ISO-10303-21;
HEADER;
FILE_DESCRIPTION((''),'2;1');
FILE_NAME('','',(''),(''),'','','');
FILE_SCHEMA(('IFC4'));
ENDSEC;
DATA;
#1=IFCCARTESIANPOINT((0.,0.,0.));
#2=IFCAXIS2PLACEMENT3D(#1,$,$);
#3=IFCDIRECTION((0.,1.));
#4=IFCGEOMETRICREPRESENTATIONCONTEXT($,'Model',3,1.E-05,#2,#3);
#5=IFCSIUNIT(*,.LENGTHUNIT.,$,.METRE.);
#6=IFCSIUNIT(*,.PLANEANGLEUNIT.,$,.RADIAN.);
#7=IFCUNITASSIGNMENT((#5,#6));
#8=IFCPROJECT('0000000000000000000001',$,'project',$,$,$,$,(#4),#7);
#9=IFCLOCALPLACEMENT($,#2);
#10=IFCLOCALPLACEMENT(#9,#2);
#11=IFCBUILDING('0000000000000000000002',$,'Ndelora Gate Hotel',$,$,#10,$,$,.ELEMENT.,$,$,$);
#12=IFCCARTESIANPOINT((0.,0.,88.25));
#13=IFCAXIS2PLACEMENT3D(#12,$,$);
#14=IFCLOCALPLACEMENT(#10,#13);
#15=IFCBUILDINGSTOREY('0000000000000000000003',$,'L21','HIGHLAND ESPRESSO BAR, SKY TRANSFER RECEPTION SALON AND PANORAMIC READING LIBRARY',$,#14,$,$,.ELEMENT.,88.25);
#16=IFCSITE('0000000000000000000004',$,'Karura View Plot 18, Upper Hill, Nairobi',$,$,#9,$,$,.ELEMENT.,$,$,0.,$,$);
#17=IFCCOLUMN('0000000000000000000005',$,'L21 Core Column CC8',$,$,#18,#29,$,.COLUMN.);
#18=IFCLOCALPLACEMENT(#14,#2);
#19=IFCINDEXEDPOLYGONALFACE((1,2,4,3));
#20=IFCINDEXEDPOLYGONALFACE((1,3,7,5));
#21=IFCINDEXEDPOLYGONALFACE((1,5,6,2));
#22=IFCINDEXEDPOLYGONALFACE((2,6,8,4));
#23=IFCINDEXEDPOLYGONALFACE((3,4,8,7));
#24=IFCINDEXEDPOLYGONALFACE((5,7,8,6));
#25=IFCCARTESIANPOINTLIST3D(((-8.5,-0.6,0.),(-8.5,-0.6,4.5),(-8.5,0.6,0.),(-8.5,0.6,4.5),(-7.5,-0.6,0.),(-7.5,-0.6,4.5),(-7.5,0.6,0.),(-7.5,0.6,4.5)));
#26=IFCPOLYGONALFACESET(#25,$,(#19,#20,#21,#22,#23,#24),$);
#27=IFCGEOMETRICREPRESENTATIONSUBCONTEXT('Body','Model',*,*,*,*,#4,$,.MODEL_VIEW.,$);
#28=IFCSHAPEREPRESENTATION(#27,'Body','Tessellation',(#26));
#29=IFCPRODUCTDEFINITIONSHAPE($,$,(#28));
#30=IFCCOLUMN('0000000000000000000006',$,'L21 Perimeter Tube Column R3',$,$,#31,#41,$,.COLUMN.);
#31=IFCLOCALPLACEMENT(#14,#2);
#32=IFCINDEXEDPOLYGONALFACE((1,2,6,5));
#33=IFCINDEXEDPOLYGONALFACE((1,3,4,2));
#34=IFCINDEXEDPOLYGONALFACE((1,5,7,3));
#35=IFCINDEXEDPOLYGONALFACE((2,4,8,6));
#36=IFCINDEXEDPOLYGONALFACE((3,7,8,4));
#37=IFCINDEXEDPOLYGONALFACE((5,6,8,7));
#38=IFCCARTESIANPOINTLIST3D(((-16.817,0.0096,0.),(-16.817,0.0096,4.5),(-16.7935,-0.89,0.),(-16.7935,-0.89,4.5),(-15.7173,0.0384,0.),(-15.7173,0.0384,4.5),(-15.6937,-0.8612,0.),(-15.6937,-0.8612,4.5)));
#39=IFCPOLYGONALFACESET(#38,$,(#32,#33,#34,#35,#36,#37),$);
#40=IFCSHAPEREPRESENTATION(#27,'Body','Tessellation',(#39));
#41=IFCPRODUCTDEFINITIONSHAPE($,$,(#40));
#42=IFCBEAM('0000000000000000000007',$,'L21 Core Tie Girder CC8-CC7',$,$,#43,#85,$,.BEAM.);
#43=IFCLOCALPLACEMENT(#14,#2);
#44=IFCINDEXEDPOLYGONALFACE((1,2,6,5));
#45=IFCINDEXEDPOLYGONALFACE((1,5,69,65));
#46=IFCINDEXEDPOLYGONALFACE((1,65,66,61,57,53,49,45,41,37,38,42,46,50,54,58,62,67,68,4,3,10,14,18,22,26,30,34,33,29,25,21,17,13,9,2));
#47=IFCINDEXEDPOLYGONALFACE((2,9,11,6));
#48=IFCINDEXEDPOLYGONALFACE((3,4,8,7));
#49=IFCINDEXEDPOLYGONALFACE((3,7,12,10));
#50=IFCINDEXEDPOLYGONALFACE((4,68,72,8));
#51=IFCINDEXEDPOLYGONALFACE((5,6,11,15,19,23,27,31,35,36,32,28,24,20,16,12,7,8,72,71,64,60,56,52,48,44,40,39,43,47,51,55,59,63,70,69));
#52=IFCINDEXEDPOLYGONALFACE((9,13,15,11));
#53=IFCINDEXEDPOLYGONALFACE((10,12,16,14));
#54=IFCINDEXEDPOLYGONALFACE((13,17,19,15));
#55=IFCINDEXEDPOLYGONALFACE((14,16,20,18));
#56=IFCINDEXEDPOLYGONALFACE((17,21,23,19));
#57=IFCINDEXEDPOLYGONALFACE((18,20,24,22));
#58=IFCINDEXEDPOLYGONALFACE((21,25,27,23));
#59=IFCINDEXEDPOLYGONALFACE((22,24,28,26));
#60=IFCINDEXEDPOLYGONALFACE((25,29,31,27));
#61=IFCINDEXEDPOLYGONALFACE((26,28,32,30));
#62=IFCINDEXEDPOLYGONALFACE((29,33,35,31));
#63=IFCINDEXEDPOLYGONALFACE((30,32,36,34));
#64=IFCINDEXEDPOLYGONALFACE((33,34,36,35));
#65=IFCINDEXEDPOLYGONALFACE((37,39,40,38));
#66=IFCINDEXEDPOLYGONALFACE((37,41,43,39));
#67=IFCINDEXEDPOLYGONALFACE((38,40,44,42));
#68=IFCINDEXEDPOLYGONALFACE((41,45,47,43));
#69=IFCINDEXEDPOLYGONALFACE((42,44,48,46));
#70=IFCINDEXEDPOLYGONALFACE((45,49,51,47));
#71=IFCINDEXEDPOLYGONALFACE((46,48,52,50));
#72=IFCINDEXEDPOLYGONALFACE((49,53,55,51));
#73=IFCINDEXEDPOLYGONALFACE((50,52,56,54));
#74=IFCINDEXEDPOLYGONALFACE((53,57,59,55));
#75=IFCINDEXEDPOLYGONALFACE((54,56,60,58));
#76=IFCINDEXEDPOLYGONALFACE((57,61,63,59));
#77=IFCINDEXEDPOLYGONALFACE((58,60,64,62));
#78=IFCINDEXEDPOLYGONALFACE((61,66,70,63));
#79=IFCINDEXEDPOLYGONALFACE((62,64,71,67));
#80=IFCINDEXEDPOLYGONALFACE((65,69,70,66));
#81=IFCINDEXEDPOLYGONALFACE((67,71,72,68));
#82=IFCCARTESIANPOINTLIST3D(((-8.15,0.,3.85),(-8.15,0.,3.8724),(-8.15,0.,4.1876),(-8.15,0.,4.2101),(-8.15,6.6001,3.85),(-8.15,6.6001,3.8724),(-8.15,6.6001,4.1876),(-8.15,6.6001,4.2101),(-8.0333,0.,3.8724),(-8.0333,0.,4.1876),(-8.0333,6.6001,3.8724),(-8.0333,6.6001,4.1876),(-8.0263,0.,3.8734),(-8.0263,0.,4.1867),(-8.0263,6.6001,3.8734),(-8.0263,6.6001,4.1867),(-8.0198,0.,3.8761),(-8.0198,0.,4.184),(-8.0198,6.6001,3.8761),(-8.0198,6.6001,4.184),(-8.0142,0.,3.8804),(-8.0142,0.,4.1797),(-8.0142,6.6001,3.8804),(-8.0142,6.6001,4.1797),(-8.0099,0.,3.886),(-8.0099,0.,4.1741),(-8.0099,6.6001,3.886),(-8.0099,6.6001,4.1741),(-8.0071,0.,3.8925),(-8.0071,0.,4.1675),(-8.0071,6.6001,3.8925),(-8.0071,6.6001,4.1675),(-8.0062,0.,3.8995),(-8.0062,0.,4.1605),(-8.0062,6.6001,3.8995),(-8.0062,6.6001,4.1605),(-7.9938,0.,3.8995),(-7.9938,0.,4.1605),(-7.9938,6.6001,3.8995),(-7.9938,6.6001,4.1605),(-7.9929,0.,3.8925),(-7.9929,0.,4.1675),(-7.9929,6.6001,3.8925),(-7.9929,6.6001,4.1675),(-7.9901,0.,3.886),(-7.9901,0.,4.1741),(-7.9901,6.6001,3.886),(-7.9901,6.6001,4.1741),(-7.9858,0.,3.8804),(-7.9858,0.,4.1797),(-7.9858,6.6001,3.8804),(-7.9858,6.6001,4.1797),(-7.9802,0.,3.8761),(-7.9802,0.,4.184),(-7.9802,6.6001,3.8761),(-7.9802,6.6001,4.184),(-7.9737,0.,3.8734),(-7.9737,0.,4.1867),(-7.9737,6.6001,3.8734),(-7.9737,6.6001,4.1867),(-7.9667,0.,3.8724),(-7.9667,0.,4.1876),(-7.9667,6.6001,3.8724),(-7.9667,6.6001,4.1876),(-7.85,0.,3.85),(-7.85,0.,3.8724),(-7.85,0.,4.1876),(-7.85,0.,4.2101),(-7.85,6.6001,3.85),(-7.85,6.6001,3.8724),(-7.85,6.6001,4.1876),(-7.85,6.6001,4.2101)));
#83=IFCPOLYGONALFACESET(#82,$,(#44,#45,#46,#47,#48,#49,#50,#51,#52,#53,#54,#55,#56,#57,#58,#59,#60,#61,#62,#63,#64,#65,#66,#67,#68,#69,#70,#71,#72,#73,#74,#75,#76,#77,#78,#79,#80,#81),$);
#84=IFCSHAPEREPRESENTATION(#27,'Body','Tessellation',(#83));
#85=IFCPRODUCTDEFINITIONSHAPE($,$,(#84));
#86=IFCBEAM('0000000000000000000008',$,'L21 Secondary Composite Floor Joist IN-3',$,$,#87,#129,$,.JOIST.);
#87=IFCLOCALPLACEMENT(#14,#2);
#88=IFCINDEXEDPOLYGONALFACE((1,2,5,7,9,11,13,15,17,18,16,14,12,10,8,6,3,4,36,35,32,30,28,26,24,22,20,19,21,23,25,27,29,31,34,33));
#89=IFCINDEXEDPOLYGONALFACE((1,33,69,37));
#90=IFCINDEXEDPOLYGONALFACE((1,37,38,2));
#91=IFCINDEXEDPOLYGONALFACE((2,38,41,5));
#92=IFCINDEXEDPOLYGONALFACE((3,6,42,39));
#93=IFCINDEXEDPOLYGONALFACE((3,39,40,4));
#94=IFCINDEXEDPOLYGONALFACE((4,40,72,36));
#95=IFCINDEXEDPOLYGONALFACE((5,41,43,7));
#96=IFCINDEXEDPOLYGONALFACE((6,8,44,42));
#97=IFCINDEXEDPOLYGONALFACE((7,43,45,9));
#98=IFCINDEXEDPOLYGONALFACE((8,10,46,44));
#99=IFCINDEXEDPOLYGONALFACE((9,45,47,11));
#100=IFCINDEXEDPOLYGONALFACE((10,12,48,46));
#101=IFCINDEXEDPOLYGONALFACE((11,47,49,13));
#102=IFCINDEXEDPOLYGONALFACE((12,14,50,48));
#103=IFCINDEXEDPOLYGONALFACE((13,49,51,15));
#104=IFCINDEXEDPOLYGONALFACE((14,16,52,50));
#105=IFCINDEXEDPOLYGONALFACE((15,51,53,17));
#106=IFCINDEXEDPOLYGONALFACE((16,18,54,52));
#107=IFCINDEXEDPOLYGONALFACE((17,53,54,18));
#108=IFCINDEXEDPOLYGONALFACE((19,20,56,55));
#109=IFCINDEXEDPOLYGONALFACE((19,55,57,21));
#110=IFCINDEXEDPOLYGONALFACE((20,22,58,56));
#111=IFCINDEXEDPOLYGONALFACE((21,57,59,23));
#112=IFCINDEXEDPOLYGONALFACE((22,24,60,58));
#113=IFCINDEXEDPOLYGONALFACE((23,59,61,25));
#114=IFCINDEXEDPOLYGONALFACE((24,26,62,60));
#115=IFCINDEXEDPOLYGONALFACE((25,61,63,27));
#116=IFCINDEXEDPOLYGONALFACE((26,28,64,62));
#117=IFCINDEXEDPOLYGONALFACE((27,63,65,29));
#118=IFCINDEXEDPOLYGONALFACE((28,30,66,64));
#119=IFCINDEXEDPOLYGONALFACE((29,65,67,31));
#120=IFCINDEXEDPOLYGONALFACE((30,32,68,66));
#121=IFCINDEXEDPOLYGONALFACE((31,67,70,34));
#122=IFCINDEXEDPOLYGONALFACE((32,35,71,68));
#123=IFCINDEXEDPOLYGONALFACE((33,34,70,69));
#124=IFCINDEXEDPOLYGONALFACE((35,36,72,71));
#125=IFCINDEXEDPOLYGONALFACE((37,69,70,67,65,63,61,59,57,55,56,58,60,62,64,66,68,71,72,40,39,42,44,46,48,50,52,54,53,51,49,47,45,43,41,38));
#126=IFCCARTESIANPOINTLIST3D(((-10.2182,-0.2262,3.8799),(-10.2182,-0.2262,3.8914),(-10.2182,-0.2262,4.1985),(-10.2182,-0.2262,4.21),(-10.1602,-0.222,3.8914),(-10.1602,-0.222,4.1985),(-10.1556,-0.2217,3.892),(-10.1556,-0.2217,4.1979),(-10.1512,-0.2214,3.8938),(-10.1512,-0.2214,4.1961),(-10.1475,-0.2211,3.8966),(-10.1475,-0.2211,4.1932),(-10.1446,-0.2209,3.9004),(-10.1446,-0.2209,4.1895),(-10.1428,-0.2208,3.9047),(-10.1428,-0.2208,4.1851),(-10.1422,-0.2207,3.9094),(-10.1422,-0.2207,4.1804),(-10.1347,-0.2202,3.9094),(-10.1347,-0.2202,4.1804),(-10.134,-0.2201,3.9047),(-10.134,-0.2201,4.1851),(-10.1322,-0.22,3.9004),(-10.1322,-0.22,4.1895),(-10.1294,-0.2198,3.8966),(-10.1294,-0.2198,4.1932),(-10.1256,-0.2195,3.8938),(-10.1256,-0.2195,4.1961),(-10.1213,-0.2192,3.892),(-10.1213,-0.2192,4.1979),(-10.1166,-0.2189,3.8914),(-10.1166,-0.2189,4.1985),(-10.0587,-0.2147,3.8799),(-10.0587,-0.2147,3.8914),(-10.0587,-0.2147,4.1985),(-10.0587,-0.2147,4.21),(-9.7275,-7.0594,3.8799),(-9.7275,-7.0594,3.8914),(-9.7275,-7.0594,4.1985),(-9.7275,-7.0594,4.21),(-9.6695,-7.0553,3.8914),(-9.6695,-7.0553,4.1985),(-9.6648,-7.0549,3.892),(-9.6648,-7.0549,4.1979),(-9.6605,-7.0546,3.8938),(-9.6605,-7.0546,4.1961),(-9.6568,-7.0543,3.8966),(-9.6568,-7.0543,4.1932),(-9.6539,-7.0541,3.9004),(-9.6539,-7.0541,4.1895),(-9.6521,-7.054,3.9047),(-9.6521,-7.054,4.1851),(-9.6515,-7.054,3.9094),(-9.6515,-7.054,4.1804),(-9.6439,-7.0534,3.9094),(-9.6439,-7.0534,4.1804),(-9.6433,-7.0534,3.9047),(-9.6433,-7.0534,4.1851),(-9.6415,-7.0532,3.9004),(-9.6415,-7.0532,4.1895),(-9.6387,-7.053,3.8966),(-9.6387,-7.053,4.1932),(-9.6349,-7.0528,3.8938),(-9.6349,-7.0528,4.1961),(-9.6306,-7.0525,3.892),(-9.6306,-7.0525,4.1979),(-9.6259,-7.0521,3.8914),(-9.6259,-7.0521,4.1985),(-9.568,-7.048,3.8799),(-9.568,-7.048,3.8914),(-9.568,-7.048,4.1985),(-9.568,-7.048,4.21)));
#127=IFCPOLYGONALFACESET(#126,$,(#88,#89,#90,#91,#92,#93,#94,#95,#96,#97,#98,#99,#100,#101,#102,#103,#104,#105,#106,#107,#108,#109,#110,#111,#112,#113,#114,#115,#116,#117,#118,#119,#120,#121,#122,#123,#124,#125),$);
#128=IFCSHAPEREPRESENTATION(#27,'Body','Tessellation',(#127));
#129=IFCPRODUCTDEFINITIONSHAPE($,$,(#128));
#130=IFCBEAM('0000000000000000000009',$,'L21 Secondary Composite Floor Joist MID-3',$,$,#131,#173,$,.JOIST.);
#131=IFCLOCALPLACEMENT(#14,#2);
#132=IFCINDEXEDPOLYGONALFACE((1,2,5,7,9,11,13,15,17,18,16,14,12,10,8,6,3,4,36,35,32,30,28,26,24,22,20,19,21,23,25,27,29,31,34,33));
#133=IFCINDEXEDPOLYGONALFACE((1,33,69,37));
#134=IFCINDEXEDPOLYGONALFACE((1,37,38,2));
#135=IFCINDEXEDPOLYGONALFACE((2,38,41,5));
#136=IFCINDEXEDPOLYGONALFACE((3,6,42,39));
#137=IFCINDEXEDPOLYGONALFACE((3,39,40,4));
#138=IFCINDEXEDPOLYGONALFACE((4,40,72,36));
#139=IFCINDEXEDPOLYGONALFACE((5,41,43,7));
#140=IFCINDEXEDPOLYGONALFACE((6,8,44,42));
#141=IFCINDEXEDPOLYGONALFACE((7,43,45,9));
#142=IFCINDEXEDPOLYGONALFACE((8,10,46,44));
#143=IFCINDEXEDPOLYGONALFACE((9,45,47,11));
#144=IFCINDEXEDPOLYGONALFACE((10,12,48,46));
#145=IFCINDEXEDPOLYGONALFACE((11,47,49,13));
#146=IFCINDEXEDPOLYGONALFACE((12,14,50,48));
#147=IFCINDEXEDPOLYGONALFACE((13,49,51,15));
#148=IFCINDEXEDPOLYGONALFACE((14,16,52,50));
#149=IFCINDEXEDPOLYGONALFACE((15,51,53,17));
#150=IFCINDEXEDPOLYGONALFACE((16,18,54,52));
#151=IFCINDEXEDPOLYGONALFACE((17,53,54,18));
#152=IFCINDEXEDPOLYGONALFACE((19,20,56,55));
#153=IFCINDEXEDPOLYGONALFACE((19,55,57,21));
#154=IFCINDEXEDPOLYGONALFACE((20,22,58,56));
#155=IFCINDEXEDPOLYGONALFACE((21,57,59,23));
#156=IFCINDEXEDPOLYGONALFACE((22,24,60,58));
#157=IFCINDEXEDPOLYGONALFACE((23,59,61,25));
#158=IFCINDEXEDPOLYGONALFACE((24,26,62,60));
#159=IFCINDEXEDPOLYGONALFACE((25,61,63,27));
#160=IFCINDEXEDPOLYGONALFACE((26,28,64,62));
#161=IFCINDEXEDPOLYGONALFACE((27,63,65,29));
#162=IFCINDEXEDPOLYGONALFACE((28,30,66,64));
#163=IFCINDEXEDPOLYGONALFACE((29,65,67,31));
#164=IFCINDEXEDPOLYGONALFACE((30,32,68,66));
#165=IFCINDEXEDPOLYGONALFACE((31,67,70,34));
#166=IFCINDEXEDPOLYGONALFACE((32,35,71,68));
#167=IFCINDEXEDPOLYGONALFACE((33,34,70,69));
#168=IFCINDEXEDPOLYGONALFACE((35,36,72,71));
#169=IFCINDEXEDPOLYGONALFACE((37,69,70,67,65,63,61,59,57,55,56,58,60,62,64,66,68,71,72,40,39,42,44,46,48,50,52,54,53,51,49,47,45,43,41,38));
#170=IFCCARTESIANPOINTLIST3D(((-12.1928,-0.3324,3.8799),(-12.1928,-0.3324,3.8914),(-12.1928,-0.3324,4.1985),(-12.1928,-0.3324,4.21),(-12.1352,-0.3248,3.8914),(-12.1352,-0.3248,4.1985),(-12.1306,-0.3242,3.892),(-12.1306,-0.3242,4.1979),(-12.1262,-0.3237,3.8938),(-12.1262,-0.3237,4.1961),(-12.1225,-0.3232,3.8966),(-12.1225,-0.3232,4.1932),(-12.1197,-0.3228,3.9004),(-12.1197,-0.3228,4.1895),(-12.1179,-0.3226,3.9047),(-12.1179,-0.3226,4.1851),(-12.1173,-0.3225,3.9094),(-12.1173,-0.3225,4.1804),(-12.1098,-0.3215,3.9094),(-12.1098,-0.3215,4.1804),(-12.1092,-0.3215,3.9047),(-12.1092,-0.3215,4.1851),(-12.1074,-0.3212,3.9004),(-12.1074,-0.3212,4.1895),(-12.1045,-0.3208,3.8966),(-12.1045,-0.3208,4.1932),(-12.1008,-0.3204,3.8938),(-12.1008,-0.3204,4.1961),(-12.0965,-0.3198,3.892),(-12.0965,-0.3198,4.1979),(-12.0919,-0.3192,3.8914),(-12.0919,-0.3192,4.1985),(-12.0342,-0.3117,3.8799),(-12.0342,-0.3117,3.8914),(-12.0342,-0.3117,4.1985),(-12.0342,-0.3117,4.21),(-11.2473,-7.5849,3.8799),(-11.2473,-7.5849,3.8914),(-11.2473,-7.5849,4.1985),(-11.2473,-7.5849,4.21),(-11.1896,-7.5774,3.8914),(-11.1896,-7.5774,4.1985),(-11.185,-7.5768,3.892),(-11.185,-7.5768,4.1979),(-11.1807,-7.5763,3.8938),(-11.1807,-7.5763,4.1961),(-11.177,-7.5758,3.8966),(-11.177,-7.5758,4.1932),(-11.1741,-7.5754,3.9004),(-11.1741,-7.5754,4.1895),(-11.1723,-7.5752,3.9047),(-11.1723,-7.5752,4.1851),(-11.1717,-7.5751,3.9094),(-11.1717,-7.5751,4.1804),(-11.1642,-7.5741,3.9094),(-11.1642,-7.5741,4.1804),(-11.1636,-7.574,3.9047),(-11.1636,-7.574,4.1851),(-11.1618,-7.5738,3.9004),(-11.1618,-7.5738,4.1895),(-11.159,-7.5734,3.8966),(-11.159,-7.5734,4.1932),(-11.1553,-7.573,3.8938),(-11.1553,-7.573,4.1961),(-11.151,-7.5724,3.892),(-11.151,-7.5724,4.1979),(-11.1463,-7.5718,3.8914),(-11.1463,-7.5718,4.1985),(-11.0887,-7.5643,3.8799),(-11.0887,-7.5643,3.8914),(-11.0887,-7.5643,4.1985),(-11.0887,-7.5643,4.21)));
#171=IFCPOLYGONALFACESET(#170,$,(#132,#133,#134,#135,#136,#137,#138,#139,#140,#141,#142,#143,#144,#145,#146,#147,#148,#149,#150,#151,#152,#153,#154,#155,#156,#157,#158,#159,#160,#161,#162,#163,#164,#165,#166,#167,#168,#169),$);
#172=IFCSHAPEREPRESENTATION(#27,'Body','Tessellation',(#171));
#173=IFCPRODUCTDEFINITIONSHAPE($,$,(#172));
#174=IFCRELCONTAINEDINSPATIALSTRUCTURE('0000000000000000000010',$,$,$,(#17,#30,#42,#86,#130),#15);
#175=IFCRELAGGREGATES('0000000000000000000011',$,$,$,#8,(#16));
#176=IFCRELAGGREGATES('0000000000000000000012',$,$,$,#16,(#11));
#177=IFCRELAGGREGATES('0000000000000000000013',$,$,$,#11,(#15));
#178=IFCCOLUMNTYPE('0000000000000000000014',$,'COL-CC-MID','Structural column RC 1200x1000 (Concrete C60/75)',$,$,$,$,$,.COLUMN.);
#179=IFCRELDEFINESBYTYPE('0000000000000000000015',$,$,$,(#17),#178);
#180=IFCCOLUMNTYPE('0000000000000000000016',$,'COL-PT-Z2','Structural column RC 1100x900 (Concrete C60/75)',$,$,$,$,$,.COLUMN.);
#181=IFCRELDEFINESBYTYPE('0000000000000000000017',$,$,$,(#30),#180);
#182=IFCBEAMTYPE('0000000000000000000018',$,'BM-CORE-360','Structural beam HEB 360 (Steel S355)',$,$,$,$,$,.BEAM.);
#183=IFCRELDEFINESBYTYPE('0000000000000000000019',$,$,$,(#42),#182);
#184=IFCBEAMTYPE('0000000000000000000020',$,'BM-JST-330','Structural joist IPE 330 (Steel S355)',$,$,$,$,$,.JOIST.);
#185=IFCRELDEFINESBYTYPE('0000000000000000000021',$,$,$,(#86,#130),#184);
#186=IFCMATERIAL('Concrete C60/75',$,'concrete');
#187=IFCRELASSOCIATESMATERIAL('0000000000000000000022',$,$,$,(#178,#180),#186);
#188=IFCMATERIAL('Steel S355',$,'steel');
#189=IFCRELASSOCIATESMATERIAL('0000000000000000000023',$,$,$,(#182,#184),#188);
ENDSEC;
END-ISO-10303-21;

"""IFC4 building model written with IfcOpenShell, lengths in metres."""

from ifc_helpers import new_model, si_unit, direction, frame, origin, origin_2d, place, context, subcontext, project, spatial, rectangle, i_section, extrude, material, material_profile, profile_set, type_object, element, save


model = new_model("IFC4")

# Units and contexts
model_context = context("Model", 3, precision=1e-05, world=origin(), true_north=direction((0.0, 1.0)))
body_context = subcontext(model_context, "Body", "Model", "MODEL_VIEW")
ifc_project = project(units=[si_unit("LENGTHUNIT", "METRE"), si_unit("PLANEANGLEUNIT", "RADIAN")], contexts=[model_context])

# Site, building, storey
site_placement = place(None, origin())
site = spatial("IfcSite", under=ifc_project, at=site_placement, Name="Karura View Plot 18, Upper Hill, Nairobi", CompositionType="ELEMENT", RefElevation=0.0)
building_placement = place(site_placement, origin())
building = spatial("IfcBuilding", under=site, at=building_placement, Name="Ndelora Gate Hotel", CompositionType="ELEMENT")
storey_placement = place(building_placement, frame((0.0, 0.0, 88.25)))
storey = spatial("IfcBuildingStorey", under=building, at=storey_placement, Name="L21", Description="HIGHLAND ESPRESSO BAR, SKY TRANSFER RECEPTION SALON AND PANORAMIC READING LIBRARY", CompositionType="ELEMENT", Elevation=88.25)

# Columns
ifc_material_1 = material(Name="Concrete C60/75", Category="concrete")
ifc_material_profile_1 = material_profile(ifc_material_1, rectangle(XDim=1.0, YDim=1.2, at=origin_2d()), Name="RC 1200x1000")
ifc_profile_set_1 = profile_set([ifc_material_profile_1], Name="Concrete C60/75")
column_type_1 = type_object("IfcColumnType", Name="COL-CC-MID", Description="Structural column RC 1200x1000 (Concrete C60/75)", PredefinedType="COLUMN", material=ifc_profile_set_1)
column_1_placement = place(storey_placement, frame((-8.0, 0.0, 0.0), z_axis=(0.0, 0.0, 1.0), x_axis=(1.0, 0.0, 0.0)))
element("IfcColumn", 1, at=column_1_placement, inside=storey, type_object=column_type_1, Name="L21 Core Column CC8", PredefinedType="COLUMN", context=body_context, shape_type="SweptSolid", body=[
    extrude(rectangle(XDim=1.0, YDim=1.2, at=origin_2d()), origin(), (0.0, 0.0, 1.0), 4.5),
])
ifc_material_profile_2 = material_profile(ifc_material_1, rectangle(XDim=0.8999, YDim=1.1001, at=origin_2d()), Name="RC 1100x900")
ifc_profile_set_2 = profile_set([ifc_material_profile_2], Name="Concrete C60/75")
column_type_2 = type_object("IfcColumnType", Name="COL-PT-Z2", Description="Structural column RC 1100x900 (Concrete C60/75)", PredefinedType="COLUMN", material=ifc_profile_set_2)
column_2_placement = place(storey_placement, frame((-16.2554, -0.4258, 0.0), z_axis=(0.0, 0.0, 1.0), x_axis=(-0.026177, 0.999657, 0.0)))
element("IfcColumn", 2, at=column_2_placement, inside=storey, type_object=column_type_2, Name="L21 Perimeter Tube Column R3", PredefinedType="COLUMN", context=body_context, shape_type="SweptSolid", body=[
    extrude(rectangle(XDim=0.8999, YDim=1.1001, at=origin_2d()), origin(), (0.0, 0.0, 1.0), 4.5),
])

# Beams
ifc_material_2 = material(Name="Steel S355", Category="steel")
ifc_material_profile_3 = material_profile(ifc_material_2, i_section(OverallWidth=0.3, OverallDepth=0.3601, WebThickness=0.0125, FlangeThickness=0.0225, FilletRadius=0.0271, at=origin_2d()), Name="HEB 360")
ifc_profile_set_3 = profile_set([ifc_material_profile_3], Name="Steel S355")
beam_type_1 = type_object("IfcBeamType", Name="BM-CORE-360", Description="Structural beam HEB 360 (Steel S355)", PredefinedType="BEAM", material=ifc_profile_set_3)
beam_1_placement = place(storey_placement, frame((-8.0, 0.0, 4.03), z_axis=(0.0, 1.0, 0.0), x_axis=(-1.0, 0.0, 0.0)))
element("IfcBeam", 3, at=beam_1_placement, inside=storey, type_object=beam_type_1, Name="L21 Core Tie Girder CC8-CC7", PredefinedType="BEAM", context=body_context, shape_type="SweptSolid", body=[
    extrude(i_section(OverallWidth=0.3, OverallDepth=0.3601, WebThickness=0.0125, FlangeThickness=0.0225, FilletRadius=0.0271, at=origin_2d()), origin(), (0.0, 0.0, 1.0), 6.6001),
])
ifc_material_profile_4 = material_profile(ifc_material_2, i_section(OverallWidth=0.1599, OverallDepth=0.3301, WebThickness=0.0076, FlangeThickness=0.0115, FilletRadius=0.0181, at=origin_2d()), Name="IPE 330")
ifc_profile_set_4 = profile_set([ifc_material_profile_4], Name="Steel S355")
beam_type_2 = type_object("IfcBeamType", Name="BM-JST-330", Description="Structural joist IPE 330 (Steel S355)", PredefinedType="JOIST", material=ifc_profile_set_4)
beam_2_placement = place(storey_placement, frame((-10.1384, -0.2205, 4.0449), z_axis=(0.071629, -0.997431, 0.0), x_axis=(0.997431, 0.071629, 0.0)))
element("IfcBeam", 4, at=beam_2_placement, inside=storey, type_object=beam_type_2, Name="L21 Secondary Composite Floor Joist IN-3", PredefinedType="JOIST", context=body_context, shape_type="SweptSolid", body=[
    extrude(i_section(OverallWidth=0.1599, OverallDepth=0.3301, WebThickness=0.0076, FlangeThickness=0.0115, FilletRadius=0.0181, at=origin_2d()), origin(), (0.0, 0.0, 1.0), 6.8508),
])
beam_3_placement = place(storey_placement, frame((-12.1135, -0.322, 4.0449), z_axis=(0.129279, -0.991608, 0.0), x_axis=(0.991608, 0.129279, 0.0)))
element("IfcBeam", 5, at=beam_3_placement, inside=storey, type_object=beam_type_2, Name="L21 Secondary Composite Floor Joist MID-3", PredefinedType="JOIST", context=body_context, shape_type="SweptSolid", body=[
    extrude(i_section(OverallWidth=0.1599, OverallDepth=0.3301, WebThickness=0.0076, FlangeThickness=0.0115, FilletRadius=0.0181, at=origin_2d()), origin(), (0.0, 0.0, 1.0), 7.314),
])

save(model, "model.ifc")
